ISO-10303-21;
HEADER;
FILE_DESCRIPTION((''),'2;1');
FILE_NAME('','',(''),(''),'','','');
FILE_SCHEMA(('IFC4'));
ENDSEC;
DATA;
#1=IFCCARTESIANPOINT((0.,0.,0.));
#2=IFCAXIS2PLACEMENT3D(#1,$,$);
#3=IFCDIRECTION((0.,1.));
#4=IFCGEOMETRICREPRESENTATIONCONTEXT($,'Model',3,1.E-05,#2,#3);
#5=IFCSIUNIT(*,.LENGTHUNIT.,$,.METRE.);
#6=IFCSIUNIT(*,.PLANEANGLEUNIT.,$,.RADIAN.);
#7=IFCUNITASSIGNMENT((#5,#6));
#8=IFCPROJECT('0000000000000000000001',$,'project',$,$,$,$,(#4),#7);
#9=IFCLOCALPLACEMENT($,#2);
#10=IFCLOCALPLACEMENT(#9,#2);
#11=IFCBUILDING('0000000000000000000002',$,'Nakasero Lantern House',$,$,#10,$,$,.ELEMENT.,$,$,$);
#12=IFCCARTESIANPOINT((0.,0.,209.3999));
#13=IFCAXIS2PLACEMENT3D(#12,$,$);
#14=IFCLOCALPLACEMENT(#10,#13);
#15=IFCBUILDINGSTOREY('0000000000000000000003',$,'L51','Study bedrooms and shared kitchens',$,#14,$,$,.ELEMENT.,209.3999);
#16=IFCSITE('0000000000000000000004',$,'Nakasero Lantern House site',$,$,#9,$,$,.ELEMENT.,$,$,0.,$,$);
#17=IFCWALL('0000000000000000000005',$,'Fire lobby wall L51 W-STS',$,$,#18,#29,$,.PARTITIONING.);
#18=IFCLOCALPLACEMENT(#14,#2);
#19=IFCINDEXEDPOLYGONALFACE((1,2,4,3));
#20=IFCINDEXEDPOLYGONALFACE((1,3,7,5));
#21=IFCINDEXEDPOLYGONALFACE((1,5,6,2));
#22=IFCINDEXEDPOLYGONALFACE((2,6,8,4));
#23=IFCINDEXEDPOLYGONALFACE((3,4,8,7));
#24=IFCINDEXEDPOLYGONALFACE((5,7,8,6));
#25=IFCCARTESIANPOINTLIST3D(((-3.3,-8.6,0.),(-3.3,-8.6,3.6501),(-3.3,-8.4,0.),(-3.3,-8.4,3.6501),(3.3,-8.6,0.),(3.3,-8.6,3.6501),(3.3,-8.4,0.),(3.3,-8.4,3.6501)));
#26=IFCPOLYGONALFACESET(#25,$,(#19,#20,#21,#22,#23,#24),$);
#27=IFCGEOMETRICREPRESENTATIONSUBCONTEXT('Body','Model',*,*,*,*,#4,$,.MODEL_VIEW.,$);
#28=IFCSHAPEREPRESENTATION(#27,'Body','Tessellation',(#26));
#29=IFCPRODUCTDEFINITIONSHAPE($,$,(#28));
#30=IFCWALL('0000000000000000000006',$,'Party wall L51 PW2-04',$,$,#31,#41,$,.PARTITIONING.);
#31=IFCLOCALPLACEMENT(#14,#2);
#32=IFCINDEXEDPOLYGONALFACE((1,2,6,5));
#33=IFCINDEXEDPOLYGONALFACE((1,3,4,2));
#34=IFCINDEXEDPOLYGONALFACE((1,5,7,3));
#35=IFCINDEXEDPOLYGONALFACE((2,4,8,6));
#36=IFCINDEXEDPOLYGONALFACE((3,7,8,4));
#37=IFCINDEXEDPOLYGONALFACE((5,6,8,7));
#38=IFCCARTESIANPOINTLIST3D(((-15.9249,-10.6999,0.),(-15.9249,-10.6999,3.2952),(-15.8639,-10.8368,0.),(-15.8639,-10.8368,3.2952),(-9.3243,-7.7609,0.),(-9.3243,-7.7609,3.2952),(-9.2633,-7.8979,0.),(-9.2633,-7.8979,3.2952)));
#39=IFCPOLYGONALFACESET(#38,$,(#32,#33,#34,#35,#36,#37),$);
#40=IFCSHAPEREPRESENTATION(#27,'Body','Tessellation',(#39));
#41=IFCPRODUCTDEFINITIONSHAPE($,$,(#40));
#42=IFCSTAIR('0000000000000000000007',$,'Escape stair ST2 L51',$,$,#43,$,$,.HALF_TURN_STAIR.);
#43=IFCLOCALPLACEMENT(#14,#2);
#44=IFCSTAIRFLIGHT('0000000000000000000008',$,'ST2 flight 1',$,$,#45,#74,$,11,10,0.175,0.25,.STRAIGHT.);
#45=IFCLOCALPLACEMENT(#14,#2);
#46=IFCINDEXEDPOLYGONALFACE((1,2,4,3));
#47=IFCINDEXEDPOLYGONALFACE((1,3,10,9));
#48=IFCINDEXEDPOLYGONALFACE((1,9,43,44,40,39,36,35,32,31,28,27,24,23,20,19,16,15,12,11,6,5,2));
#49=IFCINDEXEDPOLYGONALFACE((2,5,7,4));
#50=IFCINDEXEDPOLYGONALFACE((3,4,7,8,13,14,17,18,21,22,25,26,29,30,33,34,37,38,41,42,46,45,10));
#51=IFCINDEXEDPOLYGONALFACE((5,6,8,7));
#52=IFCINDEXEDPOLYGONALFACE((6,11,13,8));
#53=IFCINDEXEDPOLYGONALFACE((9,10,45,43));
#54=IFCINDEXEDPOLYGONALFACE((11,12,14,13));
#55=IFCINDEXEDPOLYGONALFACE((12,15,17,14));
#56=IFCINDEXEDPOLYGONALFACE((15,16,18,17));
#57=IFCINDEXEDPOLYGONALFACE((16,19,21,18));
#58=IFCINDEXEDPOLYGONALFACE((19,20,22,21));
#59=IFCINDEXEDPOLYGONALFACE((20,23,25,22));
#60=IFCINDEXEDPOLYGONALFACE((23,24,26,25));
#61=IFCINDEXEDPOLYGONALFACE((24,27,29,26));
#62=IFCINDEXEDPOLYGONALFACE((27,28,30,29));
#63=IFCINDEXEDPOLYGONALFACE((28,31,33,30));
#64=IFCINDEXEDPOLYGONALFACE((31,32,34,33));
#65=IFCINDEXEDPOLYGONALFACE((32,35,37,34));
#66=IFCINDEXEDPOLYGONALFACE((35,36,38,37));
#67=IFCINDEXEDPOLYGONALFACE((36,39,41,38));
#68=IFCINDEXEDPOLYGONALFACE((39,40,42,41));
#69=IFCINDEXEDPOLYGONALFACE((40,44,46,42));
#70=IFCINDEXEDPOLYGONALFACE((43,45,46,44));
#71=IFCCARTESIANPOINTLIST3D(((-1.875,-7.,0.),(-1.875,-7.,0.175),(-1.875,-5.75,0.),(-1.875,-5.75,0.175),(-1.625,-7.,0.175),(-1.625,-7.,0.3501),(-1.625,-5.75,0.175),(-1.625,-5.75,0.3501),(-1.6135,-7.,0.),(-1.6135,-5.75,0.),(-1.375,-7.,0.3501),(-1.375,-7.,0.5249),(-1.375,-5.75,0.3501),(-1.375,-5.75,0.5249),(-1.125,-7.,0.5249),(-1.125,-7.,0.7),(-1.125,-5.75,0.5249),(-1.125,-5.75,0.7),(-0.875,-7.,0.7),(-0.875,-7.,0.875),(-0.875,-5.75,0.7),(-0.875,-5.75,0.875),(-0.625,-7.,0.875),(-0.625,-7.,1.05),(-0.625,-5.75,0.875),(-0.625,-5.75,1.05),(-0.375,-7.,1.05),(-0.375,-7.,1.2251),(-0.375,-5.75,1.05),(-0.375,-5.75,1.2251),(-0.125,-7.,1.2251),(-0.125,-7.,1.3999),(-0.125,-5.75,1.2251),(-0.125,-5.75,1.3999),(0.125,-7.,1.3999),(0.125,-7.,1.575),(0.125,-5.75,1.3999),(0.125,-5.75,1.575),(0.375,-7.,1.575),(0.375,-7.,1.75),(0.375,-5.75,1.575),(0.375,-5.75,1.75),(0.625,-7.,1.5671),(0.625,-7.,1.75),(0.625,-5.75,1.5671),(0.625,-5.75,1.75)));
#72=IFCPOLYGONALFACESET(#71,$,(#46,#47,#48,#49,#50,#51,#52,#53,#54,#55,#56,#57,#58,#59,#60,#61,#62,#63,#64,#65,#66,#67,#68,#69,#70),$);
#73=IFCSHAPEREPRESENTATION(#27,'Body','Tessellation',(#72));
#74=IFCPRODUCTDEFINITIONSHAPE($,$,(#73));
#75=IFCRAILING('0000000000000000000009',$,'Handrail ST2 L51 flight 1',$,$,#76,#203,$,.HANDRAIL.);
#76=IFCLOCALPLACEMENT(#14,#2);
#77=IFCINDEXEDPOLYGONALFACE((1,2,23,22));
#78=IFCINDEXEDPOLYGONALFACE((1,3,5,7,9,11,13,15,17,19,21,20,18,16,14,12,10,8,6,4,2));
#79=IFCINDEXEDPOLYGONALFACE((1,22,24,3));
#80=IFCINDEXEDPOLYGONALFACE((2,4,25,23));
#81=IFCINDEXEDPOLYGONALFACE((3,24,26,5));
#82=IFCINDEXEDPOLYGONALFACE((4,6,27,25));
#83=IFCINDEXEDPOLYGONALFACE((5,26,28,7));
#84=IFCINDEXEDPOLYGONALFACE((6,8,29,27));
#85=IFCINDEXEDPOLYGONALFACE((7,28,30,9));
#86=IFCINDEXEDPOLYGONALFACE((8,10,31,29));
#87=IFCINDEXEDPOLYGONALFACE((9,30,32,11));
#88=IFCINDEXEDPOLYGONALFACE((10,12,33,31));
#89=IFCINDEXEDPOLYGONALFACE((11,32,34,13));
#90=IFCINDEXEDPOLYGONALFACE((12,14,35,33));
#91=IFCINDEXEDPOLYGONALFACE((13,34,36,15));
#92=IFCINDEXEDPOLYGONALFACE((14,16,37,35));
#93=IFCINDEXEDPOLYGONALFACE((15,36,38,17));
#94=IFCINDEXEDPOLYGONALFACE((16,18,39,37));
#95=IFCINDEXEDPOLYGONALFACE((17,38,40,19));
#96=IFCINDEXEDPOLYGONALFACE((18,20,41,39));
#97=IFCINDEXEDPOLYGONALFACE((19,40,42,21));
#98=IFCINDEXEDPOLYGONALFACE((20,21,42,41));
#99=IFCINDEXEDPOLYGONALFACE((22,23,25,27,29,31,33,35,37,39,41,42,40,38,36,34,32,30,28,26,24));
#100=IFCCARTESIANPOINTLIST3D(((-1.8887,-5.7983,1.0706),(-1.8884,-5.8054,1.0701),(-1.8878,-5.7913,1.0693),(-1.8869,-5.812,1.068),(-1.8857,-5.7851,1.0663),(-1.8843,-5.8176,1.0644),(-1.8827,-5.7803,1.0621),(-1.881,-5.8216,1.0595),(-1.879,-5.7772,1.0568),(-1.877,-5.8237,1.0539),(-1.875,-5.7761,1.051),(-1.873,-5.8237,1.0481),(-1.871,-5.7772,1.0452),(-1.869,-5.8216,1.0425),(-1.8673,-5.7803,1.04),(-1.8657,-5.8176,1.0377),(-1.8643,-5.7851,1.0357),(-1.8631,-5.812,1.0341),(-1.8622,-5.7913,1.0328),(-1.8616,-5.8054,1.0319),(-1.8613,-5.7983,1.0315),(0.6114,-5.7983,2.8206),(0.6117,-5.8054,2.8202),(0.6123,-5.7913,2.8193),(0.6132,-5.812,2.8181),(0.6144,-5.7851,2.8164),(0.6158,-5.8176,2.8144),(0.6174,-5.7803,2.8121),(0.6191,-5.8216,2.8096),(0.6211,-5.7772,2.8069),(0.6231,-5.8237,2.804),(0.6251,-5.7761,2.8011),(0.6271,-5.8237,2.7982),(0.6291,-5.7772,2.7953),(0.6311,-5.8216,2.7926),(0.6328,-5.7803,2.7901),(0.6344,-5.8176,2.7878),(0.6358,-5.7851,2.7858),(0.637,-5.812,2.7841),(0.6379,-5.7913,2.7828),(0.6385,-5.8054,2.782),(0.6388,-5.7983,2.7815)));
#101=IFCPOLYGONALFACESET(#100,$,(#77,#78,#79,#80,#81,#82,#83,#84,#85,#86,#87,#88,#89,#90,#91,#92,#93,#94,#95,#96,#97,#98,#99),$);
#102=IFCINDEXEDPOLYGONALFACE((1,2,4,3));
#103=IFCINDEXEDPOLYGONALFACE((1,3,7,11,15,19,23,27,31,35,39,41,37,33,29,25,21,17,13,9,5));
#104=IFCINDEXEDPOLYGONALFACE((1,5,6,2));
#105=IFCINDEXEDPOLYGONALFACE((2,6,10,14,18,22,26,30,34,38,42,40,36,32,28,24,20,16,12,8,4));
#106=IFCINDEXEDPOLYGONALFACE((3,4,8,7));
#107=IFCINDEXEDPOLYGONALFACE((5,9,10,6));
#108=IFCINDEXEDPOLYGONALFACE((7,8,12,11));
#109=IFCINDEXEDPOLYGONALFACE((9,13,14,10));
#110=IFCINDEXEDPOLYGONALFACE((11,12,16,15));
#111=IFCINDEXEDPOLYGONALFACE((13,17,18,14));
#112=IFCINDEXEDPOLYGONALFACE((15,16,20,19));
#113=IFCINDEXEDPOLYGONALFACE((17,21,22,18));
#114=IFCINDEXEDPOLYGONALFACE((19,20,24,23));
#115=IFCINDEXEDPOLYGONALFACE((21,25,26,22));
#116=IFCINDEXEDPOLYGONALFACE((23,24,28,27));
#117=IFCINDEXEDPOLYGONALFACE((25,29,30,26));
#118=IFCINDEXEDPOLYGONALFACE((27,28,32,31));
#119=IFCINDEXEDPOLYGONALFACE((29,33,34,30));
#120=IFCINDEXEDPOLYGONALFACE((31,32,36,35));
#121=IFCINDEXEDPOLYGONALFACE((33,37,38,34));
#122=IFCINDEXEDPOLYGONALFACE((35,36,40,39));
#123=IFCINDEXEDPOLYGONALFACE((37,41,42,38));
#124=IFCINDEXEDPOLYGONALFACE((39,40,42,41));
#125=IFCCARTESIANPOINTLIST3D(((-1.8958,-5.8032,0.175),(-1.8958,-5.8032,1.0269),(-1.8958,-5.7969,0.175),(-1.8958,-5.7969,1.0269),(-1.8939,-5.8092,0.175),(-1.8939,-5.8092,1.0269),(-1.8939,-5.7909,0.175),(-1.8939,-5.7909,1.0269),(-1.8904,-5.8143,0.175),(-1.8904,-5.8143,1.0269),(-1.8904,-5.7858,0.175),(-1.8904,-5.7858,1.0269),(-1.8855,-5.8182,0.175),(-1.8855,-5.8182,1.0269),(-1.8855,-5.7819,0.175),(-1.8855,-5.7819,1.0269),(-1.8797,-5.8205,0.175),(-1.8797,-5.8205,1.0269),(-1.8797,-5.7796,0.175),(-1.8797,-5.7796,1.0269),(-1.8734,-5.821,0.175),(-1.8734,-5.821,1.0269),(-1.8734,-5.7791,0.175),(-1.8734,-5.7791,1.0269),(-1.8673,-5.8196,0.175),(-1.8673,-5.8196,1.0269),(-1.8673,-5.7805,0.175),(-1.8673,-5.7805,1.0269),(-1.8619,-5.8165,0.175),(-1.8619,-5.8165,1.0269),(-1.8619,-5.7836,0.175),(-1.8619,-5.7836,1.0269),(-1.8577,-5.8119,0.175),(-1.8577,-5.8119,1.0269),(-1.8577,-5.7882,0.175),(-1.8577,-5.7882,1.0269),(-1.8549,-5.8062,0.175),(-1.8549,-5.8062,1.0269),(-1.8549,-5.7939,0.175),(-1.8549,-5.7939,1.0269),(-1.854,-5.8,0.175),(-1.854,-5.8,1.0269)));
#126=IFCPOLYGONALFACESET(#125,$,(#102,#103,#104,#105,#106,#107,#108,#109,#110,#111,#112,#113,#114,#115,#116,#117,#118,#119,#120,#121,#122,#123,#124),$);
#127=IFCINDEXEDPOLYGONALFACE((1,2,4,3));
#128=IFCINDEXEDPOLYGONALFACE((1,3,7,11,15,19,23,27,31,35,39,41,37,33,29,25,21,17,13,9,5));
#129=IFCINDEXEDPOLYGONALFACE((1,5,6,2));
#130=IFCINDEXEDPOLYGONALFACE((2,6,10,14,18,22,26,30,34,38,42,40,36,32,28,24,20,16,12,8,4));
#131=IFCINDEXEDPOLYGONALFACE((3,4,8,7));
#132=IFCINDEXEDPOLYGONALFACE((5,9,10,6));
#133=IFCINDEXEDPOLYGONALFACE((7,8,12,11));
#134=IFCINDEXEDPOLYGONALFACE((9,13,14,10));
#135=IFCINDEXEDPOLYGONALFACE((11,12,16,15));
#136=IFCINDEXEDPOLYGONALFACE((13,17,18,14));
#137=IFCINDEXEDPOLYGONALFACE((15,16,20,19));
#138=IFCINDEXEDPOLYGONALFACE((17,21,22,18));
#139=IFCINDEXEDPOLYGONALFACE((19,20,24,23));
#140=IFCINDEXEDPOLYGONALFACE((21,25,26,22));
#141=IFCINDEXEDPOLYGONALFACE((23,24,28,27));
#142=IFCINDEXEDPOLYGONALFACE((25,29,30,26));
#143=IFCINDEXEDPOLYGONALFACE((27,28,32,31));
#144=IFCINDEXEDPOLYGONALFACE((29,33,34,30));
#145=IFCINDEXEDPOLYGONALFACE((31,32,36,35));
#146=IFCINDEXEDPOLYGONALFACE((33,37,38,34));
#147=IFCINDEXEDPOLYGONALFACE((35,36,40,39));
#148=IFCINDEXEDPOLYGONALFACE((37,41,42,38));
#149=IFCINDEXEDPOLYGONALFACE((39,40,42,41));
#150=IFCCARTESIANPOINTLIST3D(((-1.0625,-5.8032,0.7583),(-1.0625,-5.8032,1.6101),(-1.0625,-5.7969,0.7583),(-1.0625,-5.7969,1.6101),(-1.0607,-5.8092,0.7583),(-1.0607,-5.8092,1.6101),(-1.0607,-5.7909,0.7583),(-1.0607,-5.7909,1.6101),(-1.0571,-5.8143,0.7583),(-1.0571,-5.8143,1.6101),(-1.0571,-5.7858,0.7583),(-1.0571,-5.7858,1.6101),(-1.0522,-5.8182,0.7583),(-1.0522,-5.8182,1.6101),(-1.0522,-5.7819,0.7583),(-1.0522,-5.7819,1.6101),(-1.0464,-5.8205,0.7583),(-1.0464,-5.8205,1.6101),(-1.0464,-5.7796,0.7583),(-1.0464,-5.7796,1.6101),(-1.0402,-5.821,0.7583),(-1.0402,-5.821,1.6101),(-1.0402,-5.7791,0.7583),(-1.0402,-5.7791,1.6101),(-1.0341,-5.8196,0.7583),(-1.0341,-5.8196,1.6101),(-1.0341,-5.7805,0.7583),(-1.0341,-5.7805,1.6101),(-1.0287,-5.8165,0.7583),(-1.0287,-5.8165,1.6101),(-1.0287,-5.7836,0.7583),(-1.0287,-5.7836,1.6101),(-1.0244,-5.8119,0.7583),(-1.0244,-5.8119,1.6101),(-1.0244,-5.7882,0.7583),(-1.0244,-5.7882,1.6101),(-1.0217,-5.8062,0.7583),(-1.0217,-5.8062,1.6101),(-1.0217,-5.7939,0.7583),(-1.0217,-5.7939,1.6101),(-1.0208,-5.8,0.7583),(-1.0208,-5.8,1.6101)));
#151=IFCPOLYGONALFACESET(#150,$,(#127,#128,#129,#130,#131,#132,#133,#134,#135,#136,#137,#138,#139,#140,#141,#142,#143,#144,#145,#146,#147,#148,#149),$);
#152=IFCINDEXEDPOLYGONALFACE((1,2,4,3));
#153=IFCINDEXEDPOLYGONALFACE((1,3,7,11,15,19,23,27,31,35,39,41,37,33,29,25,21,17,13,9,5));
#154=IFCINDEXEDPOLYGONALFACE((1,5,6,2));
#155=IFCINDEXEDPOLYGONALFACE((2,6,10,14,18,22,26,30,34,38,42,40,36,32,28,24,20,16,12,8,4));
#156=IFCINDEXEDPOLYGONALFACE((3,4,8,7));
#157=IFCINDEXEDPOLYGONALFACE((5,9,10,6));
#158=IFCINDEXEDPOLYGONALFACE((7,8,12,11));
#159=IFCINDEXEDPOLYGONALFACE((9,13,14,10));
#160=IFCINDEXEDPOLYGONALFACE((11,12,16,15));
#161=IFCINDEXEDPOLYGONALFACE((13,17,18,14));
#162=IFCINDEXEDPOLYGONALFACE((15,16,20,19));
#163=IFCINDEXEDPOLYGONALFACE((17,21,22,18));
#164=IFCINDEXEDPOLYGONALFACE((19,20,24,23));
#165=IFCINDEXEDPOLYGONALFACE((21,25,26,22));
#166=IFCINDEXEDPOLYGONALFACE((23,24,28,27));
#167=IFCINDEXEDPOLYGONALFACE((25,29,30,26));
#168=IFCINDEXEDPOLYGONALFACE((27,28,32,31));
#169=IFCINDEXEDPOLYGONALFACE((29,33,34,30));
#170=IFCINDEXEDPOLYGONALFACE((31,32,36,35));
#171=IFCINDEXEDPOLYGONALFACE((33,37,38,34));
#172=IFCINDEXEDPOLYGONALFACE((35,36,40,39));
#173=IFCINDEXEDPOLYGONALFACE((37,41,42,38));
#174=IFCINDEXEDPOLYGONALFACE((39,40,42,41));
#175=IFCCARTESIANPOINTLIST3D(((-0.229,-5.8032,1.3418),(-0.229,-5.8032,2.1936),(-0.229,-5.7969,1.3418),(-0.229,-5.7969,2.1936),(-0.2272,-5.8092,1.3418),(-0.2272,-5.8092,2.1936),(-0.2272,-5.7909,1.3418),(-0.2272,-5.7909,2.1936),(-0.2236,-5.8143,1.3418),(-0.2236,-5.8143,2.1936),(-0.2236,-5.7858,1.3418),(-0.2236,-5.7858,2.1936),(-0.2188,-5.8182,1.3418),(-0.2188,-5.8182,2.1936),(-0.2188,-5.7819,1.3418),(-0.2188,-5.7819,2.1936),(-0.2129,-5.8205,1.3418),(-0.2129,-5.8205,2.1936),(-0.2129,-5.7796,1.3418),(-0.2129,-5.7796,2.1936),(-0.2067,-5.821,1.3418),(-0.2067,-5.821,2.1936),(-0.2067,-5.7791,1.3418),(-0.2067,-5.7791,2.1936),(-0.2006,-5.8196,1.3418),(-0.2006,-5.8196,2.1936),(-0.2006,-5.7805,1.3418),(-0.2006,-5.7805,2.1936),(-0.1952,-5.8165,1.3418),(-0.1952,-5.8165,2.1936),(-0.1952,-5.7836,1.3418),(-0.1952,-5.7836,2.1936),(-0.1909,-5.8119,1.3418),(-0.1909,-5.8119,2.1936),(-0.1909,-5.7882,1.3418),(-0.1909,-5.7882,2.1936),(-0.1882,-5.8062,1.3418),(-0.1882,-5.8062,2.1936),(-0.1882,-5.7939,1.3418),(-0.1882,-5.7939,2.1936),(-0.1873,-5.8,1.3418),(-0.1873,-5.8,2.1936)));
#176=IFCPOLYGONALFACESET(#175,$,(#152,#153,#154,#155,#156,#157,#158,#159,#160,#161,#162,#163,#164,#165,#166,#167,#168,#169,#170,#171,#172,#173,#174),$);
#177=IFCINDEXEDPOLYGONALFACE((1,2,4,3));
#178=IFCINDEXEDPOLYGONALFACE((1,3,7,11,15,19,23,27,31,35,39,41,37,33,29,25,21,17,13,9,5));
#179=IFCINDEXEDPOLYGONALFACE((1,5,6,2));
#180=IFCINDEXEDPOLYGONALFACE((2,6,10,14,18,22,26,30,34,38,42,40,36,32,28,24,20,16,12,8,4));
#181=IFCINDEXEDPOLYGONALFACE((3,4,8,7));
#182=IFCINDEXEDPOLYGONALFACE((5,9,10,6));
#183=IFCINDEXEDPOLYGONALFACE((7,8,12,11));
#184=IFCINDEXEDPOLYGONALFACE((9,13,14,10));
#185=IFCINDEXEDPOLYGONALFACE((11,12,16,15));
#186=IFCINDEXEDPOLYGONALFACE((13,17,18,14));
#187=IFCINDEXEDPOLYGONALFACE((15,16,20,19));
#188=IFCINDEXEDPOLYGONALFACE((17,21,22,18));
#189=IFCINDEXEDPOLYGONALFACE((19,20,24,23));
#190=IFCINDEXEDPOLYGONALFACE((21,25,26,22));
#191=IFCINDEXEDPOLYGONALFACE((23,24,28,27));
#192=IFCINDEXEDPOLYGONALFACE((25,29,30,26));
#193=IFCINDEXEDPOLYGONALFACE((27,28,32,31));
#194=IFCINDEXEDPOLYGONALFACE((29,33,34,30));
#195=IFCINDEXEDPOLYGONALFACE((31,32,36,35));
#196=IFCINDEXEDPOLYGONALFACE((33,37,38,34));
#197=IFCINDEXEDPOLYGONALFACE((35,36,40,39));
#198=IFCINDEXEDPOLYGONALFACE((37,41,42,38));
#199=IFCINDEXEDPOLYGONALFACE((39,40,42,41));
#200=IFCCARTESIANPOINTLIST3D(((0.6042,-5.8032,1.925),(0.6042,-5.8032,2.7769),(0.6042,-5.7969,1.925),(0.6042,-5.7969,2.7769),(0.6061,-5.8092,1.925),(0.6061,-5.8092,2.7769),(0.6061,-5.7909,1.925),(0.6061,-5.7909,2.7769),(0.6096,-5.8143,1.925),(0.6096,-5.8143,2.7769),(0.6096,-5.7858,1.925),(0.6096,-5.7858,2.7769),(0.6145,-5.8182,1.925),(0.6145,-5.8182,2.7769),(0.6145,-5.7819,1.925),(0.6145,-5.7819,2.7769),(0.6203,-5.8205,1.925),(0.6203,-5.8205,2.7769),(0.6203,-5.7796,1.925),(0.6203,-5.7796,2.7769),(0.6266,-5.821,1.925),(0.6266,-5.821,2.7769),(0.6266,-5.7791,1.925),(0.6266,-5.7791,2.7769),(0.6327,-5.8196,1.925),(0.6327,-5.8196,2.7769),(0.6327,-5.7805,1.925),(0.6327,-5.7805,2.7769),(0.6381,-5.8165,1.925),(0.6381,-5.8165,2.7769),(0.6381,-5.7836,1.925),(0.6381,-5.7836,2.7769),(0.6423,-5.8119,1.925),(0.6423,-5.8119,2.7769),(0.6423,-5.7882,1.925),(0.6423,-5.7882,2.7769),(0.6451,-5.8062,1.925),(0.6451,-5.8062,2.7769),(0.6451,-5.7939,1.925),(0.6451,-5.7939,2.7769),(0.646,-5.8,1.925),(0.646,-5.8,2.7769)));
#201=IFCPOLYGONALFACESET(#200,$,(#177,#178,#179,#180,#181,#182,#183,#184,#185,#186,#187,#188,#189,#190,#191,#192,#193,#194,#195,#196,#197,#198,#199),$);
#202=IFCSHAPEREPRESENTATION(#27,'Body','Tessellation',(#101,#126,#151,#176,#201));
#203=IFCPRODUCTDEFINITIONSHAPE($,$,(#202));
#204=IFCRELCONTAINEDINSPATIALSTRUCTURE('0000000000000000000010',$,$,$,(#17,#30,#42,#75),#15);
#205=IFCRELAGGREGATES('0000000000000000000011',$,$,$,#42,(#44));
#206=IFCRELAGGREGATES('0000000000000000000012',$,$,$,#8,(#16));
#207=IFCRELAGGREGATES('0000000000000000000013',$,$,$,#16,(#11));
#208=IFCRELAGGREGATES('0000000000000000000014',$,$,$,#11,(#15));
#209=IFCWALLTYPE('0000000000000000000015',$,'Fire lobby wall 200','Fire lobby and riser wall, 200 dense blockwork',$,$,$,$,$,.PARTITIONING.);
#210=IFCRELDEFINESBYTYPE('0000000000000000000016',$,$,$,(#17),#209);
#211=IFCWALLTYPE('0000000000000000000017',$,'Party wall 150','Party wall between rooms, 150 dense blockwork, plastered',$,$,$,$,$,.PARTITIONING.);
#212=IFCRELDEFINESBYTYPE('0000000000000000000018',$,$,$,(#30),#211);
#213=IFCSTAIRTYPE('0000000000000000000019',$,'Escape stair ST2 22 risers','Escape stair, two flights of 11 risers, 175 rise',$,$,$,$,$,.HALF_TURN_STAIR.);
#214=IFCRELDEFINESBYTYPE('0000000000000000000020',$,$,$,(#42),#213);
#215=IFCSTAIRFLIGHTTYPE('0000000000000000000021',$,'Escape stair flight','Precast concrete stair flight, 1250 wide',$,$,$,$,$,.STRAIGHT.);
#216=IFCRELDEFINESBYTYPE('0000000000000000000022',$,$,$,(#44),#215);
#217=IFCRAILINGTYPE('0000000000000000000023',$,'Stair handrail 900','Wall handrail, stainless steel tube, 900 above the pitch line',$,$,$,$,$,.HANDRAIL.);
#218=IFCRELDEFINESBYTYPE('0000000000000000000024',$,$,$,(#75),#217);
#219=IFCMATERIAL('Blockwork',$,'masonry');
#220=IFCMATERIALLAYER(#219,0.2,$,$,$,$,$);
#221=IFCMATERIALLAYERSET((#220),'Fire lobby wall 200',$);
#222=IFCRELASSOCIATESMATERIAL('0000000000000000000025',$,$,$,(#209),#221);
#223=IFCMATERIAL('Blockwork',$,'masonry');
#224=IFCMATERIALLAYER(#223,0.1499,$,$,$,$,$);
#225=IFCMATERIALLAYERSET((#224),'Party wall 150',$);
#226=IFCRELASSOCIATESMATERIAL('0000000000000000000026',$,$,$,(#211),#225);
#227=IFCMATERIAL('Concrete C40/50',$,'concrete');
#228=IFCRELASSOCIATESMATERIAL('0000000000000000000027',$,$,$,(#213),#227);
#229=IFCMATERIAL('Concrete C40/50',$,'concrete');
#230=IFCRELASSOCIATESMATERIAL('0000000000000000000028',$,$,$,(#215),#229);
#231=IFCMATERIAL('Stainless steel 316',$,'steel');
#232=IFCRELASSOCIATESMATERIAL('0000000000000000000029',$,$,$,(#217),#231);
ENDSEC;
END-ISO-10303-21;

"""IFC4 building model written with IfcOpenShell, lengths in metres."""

from ifc_helpers import new_model, si_unit, direction, frame, frame_2d, origin, origin_2d, place, context, subcontext, project, spatial, polyline, rectangle, circle, outline, extrude, material, layer, layer_set, type_object, element, aggregate, save


model = new_model("IFC4")

# Units and contexts
model_context = context("Model", 3, precision=1e-05, world=origin(), true_north=direction((0.0, 1.0)))
body_context = subcontext(model_context, "Body", "Model", "MODEL_VIEW")
ifc_project = project(units=[si_unit("LENGTHUNIT", "METRE"), si_unit("PLANEANGLEUNIT", "RADIAN")], contexts=[model_context])

# Site, building, storey
site_placement = place(None, origin())
site = spatial("IfcSite", under=ifc_project, at=site_placement, Name="Nakasero Lantern House site", CompositionType="ELEMENT", RefElevation=0.0)
building_placement = place(site_placement, origin())
building = spatial("IfcBuilding", under=site, at=building_placement, Name="Nakasero Lantern House", CompositionType="ELEMENT")
storey_placement = place(building_placement, frame((0.0, 0.0, 209.3999)))
storey = spatial("IfcBuildingStorey", under=building, at=storey_placement, Name="L51", Description="Study bedrooms and shared kitchens", CompositionType="ELEMENT", Elevation=209.3999)

# Shared definitions
ifc_material_1 = material(Name="Blockwork", Category="masonry")
ifc_layer_1 = layer(ifc_material_1, 0.2)
ifc_layer_set_1 = layer_set([ifc_layer_1], Name="Fire lobby wall 200")
wall_type_1 = type_object("IfcWallType", Name="Fire lobby wall 200", Description="Fire lobby and riser wall, 200 dense blockwork", PredefinedType="PARTITIONING", material=ifc_layer_set_1)

# Walls
wall_1_placement = place(storey_placement, frame((-3.3, -8.5, 0.0), z_axis=(0.0, 0.0, 1.0), x_axis=(1.0, 0.0, 0.0)))
element("IfcWall", 1, at=wall_1_placement, inside=storey, type_object=wall_type_1, Name="Fire lobby wall L51 W-STS", PredefinedType="PARTITIONING", context=body_context, shape_type="SweptSolid", body=[
    extrude(rectangle(XDim=6.6001, YDim=0.2, at=frame_2d((3.3, 0.0))), origin(), (0.0, 0.0, 1.0), 3.6501),
])
ifc_material_2 = material(Name="Blockwork", Category="masonry")
ifc_layer_2 = layer(ifc_material_2, 0.1499)
ifc_layer_set_2 = layer_set([ifc_layer_2], Name="Party wall 150")
wall_type_2 = type_object("IfcWallType", Name="Party wall 150", Description="Party wall between rooms, 150 dense blockwork, plastered", PredefinedType="PARTITIONING", material=ifc_layer_set_2)
wall_2_placement = place(storey_placement, frame((-9.2937, -7.8293, 0.0), z_axis=(0.0, 0.0, 1.0), x_axis=(-0.913535, -0.406759, 0.0)))
element("IfcWall", 2, at=wall_2_placement, inside=storey, type_object=wall_type_2, Name="Party wall L51 PW2-04", PredefinedType="PARTITIONING", context=body_context, shape_type="SweptSolid", body=[
    extrude(rectangle(XDim=7.2253, YDim=0.1499, at=frame_2d((3.6128, 0.0))), origin(), (0.0, 0.0, 1.0), 3.2952),
])

# Stair, stair flight
ifc_material_3 = material(Name="Concrete C40/50", Category="concrete")
stair_type = type_object("IfcStairType", Name="Escape stair ST2 22 risers", Description="Escape stair, two flights of 11 risers, 175 rise", PredefinedType="HALF_TURN_STAIR", material=ifc_material_3)
stair_placement = place(storey_placement, origin())
stair = element("IfcStair", 3, at=stair_placement, inside=storey, type_object=stair_type, Name="Escape stair ST2 L51", PredefinedType="HALF_TURN_STAIR")
ifc_material_4 = material(Name="Concrete C40/50", Category="concrete")
stair_flight_type = type_object("IfcStairFlightType", Name="Escape stair flight", Description="Precast concrete stair flight, 1250 wide", PredefinedType="STRAIGHT", material=ifc_material_4)
stair_flight_placement = place(storey_placement, frame((-1.875, -6.375, 0.0), z_axis=(0.0, 0.0, 1.0), x_axis=(1.0, 0.0, 0.0)))
stair_flight = element("IfcStairFlight", 4, at=stair_flight_placement, type_object=stair_flight_type, Name="ST2 flight 1", NumberOfRisers=11, NumberOfTreads=10, PredefinedType="STRAIGHT", RiserHeight=0.175, TreadLength=0.25, context=body_context, shape_type="SweptSolid", body=[
    extrude(outline(polyline([(0.0, 0.0), (0.0, 0.175), (0.25, 0.175), (0.25, 0.3501), (0.5, 0.3501), (0.5, 0.5249), (0.75, 0.5249), (0.75, 0.7), (1.0, 0.7), (1.0, 0.875), (1.25, 0.875), (1.25, 1.05), (1.5, 1.05), (1.5, 1.2251), (1.75, 1.2251), (1.75, 1.3999), (2.0, 1.3999), (2.0, 1.575), (2.25, 1.575), (2.25, 1.75), (2.5, 1.75), (2.5, 1.925), (2.5, 1.5671), (0.2615, 0.0), (0.0, 0.0)])), frame((0.0, 0.625, 0.0), z_axis=(0.0, -1.0, 0.0), x_axis=(1.0, 0.0, 0.0)), (0.0, 0.0, 1.0), 1.25),
])
aggregate(stair, [stair_flight])

# Railing
ifc_material_5 = material(Name="Stainless steel 316", Category="steel")
railing_type = type_object("IfcRailingType", Name="Stair handrail 900", Description="Wall handrail, stainless steel tube, 900 above the pitch line", PredefinedType="HANDRAIL", material=ifc_material_5)
railing_placement = place(storey_placement, frame((-1.875, -5.8, 0.175)))
element("IfcRailing", 5, at=railing_placement, inside=storey, type_object=railing_type, Name="Handrail ST2 L51 flight 1", PredefinedType="HANDRAIL", context=body_context, shape_type="SweptSolid", body=[
    extrude(circle(Radius=0.0239, at=origin_2d()), frame((0.0, 0.0, 0.876), z_axis=(0.819232, 0.0, 0.573462), x_axis=(0.0, 1.0, 0.0)), (0.0, 0.0, 1.0), 3.0518),
    extrude(circle(Radius=0.021, at=origin_2d()), origin(), (0.0, 0.0, 1.0), 0.8518),
    extrude(circle(Radius=0.021, at=origin_2d()), frame((0.8333, 0.0, 0.5833)), (0.0, 0.0, 1.0), 0.8518),
    extrude(circle(Radius=0.021, at=origin_2d()), frame((1.6667, 0.0, 1.1667)), (0.0, 0.0, 1.0), 0.8518),
    extrude(circle(Radius=0.021, at=origin_2d()), frame((2.5, 0.0, 1.75)), (0.0, 0.0, 1.0), 0.8518),
])

save(model, "model.ifc")
